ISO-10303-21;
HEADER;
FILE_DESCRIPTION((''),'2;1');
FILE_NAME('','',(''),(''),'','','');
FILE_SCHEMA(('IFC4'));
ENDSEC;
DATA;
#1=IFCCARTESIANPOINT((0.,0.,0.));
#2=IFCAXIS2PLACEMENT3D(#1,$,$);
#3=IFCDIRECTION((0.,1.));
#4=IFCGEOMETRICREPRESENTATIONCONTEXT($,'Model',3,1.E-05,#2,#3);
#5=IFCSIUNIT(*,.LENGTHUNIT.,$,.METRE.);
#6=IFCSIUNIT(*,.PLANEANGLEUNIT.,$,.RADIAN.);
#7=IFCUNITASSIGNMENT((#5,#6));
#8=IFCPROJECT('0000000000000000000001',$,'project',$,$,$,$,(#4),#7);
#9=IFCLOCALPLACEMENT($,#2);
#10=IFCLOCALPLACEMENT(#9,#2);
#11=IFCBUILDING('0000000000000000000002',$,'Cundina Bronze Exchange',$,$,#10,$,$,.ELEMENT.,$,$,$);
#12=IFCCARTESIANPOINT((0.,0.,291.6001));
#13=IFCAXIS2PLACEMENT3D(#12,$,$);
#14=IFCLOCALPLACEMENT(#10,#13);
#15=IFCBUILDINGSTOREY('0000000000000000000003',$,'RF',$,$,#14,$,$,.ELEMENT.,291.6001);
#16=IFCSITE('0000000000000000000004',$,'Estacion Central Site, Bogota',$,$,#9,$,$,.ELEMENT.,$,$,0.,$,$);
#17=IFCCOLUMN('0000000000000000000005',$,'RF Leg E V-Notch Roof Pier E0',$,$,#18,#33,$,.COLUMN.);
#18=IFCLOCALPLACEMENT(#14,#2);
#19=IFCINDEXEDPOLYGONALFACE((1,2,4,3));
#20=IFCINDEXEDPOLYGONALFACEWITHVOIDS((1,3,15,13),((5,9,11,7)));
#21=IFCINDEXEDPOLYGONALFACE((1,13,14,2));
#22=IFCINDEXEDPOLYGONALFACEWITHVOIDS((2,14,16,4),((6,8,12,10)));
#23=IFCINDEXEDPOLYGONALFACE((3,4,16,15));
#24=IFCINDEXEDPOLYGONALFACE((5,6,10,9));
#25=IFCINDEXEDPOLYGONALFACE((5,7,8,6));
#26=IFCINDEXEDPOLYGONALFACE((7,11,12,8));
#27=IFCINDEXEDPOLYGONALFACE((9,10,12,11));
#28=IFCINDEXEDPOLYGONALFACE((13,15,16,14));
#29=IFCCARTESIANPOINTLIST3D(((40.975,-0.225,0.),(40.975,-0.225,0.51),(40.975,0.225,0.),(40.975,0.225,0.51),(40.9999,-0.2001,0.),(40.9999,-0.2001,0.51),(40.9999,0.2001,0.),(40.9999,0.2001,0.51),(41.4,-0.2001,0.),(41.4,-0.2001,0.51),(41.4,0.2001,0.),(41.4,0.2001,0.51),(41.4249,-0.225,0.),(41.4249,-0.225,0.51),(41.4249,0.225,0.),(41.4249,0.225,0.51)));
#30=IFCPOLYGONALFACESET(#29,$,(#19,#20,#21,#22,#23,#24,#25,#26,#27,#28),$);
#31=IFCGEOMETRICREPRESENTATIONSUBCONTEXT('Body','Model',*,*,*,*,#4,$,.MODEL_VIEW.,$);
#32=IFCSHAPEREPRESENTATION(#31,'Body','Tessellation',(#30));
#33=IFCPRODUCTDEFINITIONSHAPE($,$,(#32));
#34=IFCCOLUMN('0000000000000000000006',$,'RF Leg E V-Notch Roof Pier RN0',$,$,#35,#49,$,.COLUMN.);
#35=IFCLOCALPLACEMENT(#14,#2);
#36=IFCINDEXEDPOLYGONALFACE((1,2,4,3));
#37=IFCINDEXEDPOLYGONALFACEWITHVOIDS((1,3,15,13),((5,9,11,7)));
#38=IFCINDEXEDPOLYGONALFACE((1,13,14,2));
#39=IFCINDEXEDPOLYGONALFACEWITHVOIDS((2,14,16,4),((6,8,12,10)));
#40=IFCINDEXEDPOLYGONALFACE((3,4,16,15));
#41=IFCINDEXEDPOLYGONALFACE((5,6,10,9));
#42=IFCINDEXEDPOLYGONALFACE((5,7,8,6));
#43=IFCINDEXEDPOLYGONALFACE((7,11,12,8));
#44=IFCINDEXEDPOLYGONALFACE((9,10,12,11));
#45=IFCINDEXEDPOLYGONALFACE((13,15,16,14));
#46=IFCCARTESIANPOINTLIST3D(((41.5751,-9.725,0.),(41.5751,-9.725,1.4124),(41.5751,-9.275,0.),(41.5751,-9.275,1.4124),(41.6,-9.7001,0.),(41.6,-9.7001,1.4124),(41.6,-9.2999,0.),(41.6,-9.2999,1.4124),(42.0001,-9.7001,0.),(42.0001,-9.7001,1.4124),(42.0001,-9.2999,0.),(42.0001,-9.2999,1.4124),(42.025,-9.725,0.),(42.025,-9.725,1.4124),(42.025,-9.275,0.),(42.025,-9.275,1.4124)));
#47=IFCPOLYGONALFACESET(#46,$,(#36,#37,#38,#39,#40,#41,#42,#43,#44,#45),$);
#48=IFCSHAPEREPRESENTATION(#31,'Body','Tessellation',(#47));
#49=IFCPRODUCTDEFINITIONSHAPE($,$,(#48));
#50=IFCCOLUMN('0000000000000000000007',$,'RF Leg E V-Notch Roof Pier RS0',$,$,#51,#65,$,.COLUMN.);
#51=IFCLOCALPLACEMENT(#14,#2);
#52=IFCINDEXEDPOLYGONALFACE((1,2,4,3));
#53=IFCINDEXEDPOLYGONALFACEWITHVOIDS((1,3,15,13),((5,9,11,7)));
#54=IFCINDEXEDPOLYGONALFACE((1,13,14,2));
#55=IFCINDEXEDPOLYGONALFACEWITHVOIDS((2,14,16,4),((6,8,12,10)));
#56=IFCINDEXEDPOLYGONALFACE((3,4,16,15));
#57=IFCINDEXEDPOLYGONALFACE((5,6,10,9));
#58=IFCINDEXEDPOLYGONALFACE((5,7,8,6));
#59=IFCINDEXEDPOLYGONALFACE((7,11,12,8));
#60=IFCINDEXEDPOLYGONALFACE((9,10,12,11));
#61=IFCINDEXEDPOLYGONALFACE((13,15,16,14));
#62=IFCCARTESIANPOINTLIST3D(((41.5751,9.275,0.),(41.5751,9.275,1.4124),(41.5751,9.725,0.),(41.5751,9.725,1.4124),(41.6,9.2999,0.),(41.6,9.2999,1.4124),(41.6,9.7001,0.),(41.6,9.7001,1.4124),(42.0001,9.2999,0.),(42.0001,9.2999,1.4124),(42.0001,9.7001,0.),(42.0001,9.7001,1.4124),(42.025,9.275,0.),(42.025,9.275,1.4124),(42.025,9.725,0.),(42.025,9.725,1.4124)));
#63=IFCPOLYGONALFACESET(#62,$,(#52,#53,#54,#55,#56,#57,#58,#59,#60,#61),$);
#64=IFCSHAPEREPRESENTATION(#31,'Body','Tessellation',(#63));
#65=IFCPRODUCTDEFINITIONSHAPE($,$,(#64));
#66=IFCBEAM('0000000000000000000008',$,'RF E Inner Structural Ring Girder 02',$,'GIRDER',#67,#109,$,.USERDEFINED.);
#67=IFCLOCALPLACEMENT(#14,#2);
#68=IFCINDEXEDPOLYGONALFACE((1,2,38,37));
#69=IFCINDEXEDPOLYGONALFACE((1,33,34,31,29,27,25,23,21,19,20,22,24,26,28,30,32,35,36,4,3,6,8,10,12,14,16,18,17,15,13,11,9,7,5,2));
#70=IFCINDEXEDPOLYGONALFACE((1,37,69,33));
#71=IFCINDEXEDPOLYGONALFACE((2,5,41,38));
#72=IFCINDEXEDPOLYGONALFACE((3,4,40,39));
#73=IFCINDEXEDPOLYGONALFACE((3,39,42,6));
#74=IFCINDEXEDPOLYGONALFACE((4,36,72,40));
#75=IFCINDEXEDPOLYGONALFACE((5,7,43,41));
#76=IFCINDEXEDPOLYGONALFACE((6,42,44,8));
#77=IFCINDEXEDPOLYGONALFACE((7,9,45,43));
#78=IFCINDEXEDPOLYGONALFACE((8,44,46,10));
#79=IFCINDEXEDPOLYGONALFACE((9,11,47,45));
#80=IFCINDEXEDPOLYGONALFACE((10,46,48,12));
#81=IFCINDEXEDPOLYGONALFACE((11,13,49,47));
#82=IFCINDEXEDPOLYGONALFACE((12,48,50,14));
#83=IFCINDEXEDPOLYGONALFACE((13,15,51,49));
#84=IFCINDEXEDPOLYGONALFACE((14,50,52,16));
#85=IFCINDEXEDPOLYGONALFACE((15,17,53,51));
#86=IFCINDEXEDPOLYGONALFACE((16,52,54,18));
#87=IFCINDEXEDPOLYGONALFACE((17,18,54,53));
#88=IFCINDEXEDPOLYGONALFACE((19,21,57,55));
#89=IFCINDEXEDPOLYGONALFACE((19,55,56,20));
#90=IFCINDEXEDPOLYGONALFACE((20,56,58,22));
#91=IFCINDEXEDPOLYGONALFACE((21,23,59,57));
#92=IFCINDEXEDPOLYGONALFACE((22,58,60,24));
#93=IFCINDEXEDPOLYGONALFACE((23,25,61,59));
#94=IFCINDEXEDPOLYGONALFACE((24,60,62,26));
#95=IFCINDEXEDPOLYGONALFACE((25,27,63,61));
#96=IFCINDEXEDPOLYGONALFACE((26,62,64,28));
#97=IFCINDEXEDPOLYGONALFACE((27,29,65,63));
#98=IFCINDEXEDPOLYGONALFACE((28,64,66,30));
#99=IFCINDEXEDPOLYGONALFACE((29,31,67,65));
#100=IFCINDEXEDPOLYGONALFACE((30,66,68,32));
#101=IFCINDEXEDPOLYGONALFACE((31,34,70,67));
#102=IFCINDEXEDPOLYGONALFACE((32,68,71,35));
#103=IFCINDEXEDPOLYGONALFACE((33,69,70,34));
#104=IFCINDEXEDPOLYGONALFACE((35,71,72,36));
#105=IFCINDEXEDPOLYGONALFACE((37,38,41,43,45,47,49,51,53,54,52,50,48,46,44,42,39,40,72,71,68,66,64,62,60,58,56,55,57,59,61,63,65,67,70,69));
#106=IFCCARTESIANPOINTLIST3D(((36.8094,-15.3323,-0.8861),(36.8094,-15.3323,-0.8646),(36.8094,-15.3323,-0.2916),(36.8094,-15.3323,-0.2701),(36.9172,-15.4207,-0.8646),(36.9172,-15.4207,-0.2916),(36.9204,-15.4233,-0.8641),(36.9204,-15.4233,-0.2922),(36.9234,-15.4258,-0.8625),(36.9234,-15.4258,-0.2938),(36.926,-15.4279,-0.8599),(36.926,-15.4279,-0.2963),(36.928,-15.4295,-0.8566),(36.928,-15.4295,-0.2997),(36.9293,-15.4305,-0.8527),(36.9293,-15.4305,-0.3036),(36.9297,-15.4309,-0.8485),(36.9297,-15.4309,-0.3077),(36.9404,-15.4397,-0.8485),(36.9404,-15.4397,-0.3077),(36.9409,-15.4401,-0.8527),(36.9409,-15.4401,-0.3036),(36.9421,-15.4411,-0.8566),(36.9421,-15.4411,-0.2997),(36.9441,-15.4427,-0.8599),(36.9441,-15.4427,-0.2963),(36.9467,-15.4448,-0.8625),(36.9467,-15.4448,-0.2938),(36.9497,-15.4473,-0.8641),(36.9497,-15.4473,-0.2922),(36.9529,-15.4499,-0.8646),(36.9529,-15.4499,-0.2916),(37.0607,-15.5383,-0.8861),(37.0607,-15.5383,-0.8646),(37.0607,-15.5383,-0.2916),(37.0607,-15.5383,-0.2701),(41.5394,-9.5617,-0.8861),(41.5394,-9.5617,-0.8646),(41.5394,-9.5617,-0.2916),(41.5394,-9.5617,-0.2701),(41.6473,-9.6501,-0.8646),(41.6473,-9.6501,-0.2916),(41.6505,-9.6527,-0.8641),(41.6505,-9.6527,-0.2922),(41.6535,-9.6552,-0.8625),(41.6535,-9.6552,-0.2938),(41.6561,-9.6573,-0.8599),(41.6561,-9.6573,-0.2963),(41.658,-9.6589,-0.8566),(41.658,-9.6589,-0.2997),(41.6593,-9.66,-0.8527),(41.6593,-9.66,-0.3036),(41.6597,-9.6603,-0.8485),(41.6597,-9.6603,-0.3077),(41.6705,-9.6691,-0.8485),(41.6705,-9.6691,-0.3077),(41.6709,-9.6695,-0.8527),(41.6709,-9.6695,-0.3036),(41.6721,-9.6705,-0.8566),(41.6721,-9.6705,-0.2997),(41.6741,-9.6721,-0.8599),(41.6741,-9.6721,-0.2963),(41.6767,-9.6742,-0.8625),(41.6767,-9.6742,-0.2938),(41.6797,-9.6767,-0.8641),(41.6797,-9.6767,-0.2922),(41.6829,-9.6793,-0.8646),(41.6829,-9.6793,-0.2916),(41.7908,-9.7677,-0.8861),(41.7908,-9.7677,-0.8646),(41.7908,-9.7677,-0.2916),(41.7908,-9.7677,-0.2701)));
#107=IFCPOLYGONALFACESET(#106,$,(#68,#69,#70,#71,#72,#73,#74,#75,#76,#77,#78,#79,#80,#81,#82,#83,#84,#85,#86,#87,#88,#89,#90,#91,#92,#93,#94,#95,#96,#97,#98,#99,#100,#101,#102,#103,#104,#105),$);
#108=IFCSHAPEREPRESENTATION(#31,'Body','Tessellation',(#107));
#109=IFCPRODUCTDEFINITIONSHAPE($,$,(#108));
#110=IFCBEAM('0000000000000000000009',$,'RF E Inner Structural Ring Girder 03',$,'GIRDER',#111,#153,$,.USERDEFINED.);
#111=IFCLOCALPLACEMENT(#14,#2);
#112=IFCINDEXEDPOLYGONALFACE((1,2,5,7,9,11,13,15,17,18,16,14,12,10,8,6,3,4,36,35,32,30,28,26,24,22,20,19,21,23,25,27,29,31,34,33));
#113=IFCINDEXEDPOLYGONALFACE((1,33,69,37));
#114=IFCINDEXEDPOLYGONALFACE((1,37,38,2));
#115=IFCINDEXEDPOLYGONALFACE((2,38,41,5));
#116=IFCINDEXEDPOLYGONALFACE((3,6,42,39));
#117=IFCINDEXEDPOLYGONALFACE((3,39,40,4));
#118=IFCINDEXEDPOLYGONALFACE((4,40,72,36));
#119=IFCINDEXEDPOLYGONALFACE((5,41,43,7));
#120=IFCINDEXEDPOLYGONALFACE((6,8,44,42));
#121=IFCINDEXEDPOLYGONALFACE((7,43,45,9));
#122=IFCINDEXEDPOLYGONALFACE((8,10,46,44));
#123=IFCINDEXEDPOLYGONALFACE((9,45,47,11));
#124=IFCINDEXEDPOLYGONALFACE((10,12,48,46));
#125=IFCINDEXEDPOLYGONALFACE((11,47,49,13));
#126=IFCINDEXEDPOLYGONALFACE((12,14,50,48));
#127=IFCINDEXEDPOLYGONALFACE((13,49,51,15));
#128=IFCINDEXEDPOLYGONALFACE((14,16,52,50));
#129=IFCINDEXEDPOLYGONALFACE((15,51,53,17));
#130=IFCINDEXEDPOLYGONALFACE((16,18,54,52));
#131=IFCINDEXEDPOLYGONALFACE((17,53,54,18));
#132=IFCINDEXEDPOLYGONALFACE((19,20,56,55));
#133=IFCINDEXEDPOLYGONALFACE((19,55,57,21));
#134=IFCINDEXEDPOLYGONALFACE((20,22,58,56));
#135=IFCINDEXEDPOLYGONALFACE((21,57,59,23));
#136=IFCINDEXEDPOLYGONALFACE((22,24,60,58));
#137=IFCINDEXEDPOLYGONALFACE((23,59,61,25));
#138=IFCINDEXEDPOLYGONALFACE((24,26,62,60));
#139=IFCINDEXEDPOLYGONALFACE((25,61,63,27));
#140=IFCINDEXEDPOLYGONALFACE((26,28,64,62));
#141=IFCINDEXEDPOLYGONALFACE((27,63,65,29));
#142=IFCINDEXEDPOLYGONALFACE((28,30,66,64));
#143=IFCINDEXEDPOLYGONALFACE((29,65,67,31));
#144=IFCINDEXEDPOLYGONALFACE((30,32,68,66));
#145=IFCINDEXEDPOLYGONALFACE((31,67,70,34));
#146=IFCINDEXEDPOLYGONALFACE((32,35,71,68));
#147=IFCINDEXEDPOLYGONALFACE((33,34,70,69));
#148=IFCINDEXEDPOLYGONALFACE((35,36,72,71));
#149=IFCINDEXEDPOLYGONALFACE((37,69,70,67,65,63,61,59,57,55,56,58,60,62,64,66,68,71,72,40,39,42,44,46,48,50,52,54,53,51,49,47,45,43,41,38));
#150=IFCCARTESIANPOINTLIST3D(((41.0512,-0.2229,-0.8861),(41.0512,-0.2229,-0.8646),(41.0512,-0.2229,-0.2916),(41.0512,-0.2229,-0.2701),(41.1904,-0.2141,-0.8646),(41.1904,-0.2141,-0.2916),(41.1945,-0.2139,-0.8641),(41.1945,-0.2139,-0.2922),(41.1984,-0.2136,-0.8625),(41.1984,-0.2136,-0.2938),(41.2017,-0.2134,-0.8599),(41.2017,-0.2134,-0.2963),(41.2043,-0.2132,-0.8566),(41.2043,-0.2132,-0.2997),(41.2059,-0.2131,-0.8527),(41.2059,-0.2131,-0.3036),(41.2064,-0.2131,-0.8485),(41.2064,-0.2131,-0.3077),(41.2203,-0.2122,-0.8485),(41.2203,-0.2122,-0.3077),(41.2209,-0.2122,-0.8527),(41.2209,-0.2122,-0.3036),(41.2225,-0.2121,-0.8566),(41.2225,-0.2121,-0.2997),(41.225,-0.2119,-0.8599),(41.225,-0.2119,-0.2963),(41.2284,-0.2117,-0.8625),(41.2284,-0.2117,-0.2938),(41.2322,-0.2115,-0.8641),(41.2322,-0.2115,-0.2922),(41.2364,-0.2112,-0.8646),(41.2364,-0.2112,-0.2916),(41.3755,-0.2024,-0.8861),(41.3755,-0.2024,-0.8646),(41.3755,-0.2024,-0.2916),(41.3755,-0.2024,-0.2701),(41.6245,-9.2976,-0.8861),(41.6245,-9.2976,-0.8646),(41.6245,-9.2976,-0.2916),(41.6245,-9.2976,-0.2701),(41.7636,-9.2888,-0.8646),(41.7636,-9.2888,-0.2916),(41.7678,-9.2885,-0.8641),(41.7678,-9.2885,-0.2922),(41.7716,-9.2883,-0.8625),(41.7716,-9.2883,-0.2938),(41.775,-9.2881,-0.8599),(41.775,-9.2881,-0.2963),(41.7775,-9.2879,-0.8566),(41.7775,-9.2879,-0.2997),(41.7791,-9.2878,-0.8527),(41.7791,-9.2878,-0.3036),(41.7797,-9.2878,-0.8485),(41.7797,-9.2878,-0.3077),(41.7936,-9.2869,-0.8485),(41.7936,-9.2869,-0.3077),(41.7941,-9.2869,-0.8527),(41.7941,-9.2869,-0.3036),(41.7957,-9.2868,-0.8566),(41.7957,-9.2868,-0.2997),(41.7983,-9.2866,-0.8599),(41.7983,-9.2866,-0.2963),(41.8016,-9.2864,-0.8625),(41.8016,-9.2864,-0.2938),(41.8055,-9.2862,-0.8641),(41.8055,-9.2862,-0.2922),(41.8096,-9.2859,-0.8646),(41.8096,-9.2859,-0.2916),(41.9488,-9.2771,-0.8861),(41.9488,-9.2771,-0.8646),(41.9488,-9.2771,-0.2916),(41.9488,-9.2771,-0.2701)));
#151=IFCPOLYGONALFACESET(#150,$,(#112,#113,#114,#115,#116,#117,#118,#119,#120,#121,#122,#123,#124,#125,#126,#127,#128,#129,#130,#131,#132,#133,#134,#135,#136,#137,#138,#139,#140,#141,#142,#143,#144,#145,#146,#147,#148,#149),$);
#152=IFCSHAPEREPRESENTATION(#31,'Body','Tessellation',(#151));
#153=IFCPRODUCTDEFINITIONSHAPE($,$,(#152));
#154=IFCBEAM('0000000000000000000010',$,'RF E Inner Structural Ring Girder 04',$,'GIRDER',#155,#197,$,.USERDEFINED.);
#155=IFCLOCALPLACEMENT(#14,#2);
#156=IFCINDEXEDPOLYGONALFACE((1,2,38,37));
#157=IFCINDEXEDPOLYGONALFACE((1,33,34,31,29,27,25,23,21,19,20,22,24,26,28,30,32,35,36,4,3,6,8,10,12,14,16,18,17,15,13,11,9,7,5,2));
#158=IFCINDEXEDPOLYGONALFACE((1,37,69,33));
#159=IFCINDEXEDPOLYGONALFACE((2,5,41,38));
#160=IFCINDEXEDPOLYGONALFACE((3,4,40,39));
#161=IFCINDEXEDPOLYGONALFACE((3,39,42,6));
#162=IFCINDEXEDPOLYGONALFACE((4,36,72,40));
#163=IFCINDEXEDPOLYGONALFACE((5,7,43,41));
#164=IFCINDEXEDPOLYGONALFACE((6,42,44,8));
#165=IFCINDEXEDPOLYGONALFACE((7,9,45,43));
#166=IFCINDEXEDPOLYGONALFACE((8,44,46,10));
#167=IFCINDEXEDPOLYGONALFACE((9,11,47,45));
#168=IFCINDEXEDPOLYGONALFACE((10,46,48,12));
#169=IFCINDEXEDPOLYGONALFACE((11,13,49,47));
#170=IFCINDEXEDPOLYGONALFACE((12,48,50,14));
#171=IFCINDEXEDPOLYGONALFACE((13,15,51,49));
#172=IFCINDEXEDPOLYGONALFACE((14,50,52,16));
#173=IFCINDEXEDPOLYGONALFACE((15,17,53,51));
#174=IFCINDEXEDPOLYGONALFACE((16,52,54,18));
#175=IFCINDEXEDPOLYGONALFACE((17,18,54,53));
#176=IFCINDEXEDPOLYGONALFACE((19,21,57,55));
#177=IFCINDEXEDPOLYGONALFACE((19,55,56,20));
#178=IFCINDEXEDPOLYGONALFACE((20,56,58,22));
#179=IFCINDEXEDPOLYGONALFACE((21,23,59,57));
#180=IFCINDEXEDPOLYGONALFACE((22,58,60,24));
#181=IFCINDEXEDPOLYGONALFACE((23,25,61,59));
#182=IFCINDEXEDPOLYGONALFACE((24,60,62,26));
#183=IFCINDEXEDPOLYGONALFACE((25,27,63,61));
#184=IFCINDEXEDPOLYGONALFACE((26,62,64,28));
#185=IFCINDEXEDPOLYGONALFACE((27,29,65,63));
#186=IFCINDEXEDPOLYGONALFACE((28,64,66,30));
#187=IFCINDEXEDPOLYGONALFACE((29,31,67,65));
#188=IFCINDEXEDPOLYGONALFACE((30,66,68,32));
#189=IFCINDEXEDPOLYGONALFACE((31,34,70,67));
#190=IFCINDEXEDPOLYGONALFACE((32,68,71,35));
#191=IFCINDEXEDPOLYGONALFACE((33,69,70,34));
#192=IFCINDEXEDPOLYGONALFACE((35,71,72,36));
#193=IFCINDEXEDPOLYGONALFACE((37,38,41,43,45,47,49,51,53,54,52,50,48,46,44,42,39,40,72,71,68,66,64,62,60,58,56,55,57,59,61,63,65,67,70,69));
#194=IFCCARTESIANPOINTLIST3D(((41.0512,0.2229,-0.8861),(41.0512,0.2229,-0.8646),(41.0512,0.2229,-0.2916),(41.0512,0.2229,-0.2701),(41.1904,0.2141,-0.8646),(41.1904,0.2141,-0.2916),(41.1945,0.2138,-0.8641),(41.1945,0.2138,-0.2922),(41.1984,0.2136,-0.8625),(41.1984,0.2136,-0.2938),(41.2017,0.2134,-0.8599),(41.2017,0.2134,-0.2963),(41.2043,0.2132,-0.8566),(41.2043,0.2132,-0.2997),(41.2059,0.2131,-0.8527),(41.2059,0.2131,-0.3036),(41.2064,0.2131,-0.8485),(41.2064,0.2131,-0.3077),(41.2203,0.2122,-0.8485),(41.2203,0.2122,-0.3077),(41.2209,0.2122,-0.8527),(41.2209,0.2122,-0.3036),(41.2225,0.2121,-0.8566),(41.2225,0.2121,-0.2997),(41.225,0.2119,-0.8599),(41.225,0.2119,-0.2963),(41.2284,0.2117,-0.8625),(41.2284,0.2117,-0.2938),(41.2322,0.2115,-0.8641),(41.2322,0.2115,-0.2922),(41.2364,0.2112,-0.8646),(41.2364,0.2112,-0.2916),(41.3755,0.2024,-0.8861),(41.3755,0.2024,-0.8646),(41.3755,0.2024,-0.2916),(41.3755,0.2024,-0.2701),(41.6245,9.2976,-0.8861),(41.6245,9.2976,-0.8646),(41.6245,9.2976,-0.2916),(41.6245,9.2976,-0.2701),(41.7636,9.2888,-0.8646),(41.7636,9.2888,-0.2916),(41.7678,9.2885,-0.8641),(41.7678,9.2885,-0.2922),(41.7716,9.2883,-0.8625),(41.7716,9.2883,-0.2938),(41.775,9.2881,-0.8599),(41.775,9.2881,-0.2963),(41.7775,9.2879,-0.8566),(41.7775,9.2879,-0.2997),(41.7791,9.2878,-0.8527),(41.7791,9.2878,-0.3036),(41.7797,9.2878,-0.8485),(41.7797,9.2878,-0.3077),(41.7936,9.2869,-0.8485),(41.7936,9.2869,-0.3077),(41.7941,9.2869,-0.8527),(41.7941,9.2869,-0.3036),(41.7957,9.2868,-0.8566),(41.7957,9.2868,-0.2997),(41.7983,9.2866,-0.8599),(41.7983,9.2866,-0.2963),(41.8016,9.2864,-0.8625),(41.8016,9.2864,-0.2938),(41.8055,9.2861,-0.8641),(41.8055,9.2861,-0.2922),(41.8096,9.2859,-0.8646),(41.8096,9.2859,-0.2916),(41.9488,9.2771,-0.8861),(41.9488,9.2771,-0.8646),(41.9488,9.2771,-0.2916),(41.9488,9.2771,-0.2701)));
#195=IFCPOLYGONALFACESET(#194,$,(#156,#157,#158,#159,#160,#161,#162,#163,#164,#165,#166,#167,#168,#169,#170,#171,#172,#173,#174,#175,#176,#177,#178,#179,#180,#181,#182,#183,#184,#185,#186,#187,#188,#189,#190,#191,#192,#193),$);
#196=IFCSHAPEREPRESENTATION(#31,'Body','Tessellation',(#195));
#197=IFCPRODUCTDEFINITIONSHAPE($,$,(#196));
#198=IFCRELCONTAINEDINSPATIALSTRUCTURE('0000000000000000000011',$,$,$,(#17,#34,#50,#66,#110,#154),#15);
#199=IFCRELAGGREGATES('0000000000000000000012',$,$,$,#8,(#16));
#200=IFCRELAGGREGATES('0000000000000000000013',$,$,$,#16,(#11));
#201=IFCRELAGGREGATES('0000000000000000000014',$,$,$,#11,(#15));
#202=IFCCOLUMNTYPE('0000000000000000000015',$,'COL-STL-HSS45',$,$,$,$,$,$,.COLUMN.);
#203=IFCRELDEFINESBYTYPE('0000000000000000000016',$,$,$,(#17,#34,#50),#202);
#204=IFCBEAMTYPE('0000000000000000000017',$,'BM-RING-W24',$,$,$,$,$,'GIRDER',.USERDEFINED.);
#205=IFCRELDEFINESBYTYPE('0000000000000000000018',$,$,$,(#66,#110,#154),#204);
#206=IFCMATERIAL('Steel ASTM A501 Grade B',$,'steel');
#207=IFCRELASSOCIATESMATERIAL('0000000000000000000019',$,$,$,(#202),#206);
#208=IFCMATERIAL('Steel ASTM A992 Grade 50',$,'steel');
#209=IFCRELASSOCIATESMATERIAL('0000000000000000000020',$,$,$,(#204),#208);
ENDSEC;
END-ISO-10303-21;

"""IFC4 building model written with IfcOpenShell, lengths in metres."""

from ifc_helpers import new_model, si_unit, direction, frame, origin, origin_2d, place, context, subcontext, project, spatial, hollow_rectangle, i_section, extrude, material, material_profile, profile_set, type_object, element, save


model = new_model("IFC4")

# Units and contexts
model_context = context("Model", 3, precision=1e-05, world=origin(), true_north=direction((0.0, 1.0)))
body_context = subcontext(model_context, "Body", "Model", "MODEL_VIEW")
ifc_project = project(units=[si_unit("LENGTHUNIT", "METRE"), si_unit("PLANEANGLEUNIT", "RADIAN")], contexts=[model_context])

# Site, building, storey
site_placement = place(None, origin())
site = spatial("IfcSite", under=ifc_project, at=site_placement, Name="Estacion Central Site, Bogota", CompositionType="ELEMENT", RefElevation=0.0)
building_placement = place(site_placement, origin())
building = spatial("IfcBuilding", under=site, at=building_placement, Name="Cundina Bronze Exchange", CompositionType="ELEMENT")
storey_placement = place(building_placement, frame((0.0, 0.0, 291.6001)))
storey = spatial("IfcBuildingStorey", under=building, at=storey_placement, Name="RF", CompositionType="ELEMENT", Elevation=291.6001)

# Columns
ifc_material_1 = material(Name="Steel ASTM A501 Grade B", Category="steel")
ifc_material_profile_1 = material_profile(ifc_material_1, hollow_rectangle(XDim=0.45, YDim=0.45, WallThickness=0.0249, at=origin_2d()), Name="HSS450X450X25", Category="steel")
ifc_profile_set_1 = profile_set([ifc_material_profile_1], Name="Steel ASTM A501 Grade B")
column_type = type_object("IfcColumnType", Name="COL-STL-HSS45", PredefinedType="COLUMN", material=ifc_profile_set_1)
column_placement = place(storey_placement, frame((41.2, 0.0, 0.0), z_axis=(0.0, 0.0, 1.0), x_axis=(1.0, 0.0, 0.0)))
element("IfcColumn", 1, at=column_placement, inside=storey, type_object=column_type, Name="RF Leg E V-Notch Roof Pier E0", PredefinedType="COLUMN", context=body_context, shape_type="SweptSolid", body=[
    extrude(hollow_rectangle(XDim=0.45, YDim=0.45, WallThickness=0.0249, at=origin_2d()), origin(), (0.0, 0.0, 1.0), 0.51),
])
for number, where, z_axis, x_axis, name in (
    (2, (41.8, -9.5, 0.0), (0.0, 0.0, 1.0), (1.0, 0.0, 0.0), "RF Leg E V-Notch Roof Pier RN0"),
    (3, (41.8, 9.5, 0.0), (0.0, 0.0, 1.0), (1.0, 0.0, 0.0), "RF Leg E V-Notch Roof Pier RS0"),
):
    element("IfcColumn", number, at=place(storey_placement, frame(where, z_axis=z_axis, x_axis=x_axis)), inside=storey, type_object=column_type, Name=name, PredefinedType="COLUMN", context=body_context, shape_type="SweptSolid", body=[
        extrude(hollow_rectangle(XDim=0.45, YDim=0.45, WallThickness=0.0249, at=origin_2d()), origin(), (0.0, 0.0, 1.0), 1.4124),
    ])

# Beams
ifc_material_2 = material(Name="Steel ASTM A992 Grade 50", Category="steel")
ifc_material_profile_2 = material_profile(ifc_material_2, i_section(OverallWidth=0.325, OverallDepth=0.616, WebThickness=0.0139, FlangeThickness=0.0215, FilletRadius=0.0161, at=origin_2d()), Name="W24X117", Category="steel")
ifc_profile_set_2 = profile_set([ifc_material_profile_2], Name="Steel ASTM A992 Grade 50")
beam_type_1 = type_object("IfcBeamType", Name="BM-RING-W24", ElementType="GIRDER", PredefinedType="USERDEFINED", material=ifc_profile_set_2)
beam_1_placement = place(storey_placement, frame((36.9351, -15.4353, -0.5781), z_axis=(0.633932, 0.773388, 0.0), x_axis=(-0.773388, 0.633932, 0.0)))
element("IfcBeam", 4, at=beam_1_placement, inside=storey, type_object=beam_type_1, Name="RF E Inner Structural Ring Girder 02", ObjectType="GIRDER", PredefinedType="USERDEFINED", context=body_context, shape_type="SweptSolid", body=[
    extrude(i_section(OverallWidth=0.325, OverallDepth=0.616, WebThickness=0.0139, FlangeThickness=0.0215, FilletRadius=0.0161, at=origin_2d()), origin(), (0.0, 0.0, 1.0), 7.4614),
])
for number, where, z_axis, x_axis, name in (
    (5, (41.7866, -9.2874, -0.5781), (-0.063044, 0.998011, 0.0), (-0.998011, -0.063044, 0.0), "RF E Inner Structural Ring Girder 03"),
    (6, (41.2134, 0.2126, -0.5781), (0.063044, 0.998011, 0.0), (-0.998011, 0.063044, 0.0), "RF E Inner Structural Ring Girder 04"),
):
    element("IfcBeam", number, at=place(storey_placement, frame(where, z_axis=z_axis, x_axis=x_axis)), inside=storey, type_object=beam_type_1, Name=name, ObjectType="GIRDER", PredefinedType="USERDEFINED", context=body_context, shape_type="SweptSolid", body=[
        extrude(i_section(OverallWidth=0.325, OverallDepth=0.616, WebThickness=0.0139, FlangeThickness=0.0215, FilletRadius=0.0161, at=origin_2d()), origin(), (0.0, 0.0, 1.0), 9.0928),
    ])

save(model, "model.ifc")
